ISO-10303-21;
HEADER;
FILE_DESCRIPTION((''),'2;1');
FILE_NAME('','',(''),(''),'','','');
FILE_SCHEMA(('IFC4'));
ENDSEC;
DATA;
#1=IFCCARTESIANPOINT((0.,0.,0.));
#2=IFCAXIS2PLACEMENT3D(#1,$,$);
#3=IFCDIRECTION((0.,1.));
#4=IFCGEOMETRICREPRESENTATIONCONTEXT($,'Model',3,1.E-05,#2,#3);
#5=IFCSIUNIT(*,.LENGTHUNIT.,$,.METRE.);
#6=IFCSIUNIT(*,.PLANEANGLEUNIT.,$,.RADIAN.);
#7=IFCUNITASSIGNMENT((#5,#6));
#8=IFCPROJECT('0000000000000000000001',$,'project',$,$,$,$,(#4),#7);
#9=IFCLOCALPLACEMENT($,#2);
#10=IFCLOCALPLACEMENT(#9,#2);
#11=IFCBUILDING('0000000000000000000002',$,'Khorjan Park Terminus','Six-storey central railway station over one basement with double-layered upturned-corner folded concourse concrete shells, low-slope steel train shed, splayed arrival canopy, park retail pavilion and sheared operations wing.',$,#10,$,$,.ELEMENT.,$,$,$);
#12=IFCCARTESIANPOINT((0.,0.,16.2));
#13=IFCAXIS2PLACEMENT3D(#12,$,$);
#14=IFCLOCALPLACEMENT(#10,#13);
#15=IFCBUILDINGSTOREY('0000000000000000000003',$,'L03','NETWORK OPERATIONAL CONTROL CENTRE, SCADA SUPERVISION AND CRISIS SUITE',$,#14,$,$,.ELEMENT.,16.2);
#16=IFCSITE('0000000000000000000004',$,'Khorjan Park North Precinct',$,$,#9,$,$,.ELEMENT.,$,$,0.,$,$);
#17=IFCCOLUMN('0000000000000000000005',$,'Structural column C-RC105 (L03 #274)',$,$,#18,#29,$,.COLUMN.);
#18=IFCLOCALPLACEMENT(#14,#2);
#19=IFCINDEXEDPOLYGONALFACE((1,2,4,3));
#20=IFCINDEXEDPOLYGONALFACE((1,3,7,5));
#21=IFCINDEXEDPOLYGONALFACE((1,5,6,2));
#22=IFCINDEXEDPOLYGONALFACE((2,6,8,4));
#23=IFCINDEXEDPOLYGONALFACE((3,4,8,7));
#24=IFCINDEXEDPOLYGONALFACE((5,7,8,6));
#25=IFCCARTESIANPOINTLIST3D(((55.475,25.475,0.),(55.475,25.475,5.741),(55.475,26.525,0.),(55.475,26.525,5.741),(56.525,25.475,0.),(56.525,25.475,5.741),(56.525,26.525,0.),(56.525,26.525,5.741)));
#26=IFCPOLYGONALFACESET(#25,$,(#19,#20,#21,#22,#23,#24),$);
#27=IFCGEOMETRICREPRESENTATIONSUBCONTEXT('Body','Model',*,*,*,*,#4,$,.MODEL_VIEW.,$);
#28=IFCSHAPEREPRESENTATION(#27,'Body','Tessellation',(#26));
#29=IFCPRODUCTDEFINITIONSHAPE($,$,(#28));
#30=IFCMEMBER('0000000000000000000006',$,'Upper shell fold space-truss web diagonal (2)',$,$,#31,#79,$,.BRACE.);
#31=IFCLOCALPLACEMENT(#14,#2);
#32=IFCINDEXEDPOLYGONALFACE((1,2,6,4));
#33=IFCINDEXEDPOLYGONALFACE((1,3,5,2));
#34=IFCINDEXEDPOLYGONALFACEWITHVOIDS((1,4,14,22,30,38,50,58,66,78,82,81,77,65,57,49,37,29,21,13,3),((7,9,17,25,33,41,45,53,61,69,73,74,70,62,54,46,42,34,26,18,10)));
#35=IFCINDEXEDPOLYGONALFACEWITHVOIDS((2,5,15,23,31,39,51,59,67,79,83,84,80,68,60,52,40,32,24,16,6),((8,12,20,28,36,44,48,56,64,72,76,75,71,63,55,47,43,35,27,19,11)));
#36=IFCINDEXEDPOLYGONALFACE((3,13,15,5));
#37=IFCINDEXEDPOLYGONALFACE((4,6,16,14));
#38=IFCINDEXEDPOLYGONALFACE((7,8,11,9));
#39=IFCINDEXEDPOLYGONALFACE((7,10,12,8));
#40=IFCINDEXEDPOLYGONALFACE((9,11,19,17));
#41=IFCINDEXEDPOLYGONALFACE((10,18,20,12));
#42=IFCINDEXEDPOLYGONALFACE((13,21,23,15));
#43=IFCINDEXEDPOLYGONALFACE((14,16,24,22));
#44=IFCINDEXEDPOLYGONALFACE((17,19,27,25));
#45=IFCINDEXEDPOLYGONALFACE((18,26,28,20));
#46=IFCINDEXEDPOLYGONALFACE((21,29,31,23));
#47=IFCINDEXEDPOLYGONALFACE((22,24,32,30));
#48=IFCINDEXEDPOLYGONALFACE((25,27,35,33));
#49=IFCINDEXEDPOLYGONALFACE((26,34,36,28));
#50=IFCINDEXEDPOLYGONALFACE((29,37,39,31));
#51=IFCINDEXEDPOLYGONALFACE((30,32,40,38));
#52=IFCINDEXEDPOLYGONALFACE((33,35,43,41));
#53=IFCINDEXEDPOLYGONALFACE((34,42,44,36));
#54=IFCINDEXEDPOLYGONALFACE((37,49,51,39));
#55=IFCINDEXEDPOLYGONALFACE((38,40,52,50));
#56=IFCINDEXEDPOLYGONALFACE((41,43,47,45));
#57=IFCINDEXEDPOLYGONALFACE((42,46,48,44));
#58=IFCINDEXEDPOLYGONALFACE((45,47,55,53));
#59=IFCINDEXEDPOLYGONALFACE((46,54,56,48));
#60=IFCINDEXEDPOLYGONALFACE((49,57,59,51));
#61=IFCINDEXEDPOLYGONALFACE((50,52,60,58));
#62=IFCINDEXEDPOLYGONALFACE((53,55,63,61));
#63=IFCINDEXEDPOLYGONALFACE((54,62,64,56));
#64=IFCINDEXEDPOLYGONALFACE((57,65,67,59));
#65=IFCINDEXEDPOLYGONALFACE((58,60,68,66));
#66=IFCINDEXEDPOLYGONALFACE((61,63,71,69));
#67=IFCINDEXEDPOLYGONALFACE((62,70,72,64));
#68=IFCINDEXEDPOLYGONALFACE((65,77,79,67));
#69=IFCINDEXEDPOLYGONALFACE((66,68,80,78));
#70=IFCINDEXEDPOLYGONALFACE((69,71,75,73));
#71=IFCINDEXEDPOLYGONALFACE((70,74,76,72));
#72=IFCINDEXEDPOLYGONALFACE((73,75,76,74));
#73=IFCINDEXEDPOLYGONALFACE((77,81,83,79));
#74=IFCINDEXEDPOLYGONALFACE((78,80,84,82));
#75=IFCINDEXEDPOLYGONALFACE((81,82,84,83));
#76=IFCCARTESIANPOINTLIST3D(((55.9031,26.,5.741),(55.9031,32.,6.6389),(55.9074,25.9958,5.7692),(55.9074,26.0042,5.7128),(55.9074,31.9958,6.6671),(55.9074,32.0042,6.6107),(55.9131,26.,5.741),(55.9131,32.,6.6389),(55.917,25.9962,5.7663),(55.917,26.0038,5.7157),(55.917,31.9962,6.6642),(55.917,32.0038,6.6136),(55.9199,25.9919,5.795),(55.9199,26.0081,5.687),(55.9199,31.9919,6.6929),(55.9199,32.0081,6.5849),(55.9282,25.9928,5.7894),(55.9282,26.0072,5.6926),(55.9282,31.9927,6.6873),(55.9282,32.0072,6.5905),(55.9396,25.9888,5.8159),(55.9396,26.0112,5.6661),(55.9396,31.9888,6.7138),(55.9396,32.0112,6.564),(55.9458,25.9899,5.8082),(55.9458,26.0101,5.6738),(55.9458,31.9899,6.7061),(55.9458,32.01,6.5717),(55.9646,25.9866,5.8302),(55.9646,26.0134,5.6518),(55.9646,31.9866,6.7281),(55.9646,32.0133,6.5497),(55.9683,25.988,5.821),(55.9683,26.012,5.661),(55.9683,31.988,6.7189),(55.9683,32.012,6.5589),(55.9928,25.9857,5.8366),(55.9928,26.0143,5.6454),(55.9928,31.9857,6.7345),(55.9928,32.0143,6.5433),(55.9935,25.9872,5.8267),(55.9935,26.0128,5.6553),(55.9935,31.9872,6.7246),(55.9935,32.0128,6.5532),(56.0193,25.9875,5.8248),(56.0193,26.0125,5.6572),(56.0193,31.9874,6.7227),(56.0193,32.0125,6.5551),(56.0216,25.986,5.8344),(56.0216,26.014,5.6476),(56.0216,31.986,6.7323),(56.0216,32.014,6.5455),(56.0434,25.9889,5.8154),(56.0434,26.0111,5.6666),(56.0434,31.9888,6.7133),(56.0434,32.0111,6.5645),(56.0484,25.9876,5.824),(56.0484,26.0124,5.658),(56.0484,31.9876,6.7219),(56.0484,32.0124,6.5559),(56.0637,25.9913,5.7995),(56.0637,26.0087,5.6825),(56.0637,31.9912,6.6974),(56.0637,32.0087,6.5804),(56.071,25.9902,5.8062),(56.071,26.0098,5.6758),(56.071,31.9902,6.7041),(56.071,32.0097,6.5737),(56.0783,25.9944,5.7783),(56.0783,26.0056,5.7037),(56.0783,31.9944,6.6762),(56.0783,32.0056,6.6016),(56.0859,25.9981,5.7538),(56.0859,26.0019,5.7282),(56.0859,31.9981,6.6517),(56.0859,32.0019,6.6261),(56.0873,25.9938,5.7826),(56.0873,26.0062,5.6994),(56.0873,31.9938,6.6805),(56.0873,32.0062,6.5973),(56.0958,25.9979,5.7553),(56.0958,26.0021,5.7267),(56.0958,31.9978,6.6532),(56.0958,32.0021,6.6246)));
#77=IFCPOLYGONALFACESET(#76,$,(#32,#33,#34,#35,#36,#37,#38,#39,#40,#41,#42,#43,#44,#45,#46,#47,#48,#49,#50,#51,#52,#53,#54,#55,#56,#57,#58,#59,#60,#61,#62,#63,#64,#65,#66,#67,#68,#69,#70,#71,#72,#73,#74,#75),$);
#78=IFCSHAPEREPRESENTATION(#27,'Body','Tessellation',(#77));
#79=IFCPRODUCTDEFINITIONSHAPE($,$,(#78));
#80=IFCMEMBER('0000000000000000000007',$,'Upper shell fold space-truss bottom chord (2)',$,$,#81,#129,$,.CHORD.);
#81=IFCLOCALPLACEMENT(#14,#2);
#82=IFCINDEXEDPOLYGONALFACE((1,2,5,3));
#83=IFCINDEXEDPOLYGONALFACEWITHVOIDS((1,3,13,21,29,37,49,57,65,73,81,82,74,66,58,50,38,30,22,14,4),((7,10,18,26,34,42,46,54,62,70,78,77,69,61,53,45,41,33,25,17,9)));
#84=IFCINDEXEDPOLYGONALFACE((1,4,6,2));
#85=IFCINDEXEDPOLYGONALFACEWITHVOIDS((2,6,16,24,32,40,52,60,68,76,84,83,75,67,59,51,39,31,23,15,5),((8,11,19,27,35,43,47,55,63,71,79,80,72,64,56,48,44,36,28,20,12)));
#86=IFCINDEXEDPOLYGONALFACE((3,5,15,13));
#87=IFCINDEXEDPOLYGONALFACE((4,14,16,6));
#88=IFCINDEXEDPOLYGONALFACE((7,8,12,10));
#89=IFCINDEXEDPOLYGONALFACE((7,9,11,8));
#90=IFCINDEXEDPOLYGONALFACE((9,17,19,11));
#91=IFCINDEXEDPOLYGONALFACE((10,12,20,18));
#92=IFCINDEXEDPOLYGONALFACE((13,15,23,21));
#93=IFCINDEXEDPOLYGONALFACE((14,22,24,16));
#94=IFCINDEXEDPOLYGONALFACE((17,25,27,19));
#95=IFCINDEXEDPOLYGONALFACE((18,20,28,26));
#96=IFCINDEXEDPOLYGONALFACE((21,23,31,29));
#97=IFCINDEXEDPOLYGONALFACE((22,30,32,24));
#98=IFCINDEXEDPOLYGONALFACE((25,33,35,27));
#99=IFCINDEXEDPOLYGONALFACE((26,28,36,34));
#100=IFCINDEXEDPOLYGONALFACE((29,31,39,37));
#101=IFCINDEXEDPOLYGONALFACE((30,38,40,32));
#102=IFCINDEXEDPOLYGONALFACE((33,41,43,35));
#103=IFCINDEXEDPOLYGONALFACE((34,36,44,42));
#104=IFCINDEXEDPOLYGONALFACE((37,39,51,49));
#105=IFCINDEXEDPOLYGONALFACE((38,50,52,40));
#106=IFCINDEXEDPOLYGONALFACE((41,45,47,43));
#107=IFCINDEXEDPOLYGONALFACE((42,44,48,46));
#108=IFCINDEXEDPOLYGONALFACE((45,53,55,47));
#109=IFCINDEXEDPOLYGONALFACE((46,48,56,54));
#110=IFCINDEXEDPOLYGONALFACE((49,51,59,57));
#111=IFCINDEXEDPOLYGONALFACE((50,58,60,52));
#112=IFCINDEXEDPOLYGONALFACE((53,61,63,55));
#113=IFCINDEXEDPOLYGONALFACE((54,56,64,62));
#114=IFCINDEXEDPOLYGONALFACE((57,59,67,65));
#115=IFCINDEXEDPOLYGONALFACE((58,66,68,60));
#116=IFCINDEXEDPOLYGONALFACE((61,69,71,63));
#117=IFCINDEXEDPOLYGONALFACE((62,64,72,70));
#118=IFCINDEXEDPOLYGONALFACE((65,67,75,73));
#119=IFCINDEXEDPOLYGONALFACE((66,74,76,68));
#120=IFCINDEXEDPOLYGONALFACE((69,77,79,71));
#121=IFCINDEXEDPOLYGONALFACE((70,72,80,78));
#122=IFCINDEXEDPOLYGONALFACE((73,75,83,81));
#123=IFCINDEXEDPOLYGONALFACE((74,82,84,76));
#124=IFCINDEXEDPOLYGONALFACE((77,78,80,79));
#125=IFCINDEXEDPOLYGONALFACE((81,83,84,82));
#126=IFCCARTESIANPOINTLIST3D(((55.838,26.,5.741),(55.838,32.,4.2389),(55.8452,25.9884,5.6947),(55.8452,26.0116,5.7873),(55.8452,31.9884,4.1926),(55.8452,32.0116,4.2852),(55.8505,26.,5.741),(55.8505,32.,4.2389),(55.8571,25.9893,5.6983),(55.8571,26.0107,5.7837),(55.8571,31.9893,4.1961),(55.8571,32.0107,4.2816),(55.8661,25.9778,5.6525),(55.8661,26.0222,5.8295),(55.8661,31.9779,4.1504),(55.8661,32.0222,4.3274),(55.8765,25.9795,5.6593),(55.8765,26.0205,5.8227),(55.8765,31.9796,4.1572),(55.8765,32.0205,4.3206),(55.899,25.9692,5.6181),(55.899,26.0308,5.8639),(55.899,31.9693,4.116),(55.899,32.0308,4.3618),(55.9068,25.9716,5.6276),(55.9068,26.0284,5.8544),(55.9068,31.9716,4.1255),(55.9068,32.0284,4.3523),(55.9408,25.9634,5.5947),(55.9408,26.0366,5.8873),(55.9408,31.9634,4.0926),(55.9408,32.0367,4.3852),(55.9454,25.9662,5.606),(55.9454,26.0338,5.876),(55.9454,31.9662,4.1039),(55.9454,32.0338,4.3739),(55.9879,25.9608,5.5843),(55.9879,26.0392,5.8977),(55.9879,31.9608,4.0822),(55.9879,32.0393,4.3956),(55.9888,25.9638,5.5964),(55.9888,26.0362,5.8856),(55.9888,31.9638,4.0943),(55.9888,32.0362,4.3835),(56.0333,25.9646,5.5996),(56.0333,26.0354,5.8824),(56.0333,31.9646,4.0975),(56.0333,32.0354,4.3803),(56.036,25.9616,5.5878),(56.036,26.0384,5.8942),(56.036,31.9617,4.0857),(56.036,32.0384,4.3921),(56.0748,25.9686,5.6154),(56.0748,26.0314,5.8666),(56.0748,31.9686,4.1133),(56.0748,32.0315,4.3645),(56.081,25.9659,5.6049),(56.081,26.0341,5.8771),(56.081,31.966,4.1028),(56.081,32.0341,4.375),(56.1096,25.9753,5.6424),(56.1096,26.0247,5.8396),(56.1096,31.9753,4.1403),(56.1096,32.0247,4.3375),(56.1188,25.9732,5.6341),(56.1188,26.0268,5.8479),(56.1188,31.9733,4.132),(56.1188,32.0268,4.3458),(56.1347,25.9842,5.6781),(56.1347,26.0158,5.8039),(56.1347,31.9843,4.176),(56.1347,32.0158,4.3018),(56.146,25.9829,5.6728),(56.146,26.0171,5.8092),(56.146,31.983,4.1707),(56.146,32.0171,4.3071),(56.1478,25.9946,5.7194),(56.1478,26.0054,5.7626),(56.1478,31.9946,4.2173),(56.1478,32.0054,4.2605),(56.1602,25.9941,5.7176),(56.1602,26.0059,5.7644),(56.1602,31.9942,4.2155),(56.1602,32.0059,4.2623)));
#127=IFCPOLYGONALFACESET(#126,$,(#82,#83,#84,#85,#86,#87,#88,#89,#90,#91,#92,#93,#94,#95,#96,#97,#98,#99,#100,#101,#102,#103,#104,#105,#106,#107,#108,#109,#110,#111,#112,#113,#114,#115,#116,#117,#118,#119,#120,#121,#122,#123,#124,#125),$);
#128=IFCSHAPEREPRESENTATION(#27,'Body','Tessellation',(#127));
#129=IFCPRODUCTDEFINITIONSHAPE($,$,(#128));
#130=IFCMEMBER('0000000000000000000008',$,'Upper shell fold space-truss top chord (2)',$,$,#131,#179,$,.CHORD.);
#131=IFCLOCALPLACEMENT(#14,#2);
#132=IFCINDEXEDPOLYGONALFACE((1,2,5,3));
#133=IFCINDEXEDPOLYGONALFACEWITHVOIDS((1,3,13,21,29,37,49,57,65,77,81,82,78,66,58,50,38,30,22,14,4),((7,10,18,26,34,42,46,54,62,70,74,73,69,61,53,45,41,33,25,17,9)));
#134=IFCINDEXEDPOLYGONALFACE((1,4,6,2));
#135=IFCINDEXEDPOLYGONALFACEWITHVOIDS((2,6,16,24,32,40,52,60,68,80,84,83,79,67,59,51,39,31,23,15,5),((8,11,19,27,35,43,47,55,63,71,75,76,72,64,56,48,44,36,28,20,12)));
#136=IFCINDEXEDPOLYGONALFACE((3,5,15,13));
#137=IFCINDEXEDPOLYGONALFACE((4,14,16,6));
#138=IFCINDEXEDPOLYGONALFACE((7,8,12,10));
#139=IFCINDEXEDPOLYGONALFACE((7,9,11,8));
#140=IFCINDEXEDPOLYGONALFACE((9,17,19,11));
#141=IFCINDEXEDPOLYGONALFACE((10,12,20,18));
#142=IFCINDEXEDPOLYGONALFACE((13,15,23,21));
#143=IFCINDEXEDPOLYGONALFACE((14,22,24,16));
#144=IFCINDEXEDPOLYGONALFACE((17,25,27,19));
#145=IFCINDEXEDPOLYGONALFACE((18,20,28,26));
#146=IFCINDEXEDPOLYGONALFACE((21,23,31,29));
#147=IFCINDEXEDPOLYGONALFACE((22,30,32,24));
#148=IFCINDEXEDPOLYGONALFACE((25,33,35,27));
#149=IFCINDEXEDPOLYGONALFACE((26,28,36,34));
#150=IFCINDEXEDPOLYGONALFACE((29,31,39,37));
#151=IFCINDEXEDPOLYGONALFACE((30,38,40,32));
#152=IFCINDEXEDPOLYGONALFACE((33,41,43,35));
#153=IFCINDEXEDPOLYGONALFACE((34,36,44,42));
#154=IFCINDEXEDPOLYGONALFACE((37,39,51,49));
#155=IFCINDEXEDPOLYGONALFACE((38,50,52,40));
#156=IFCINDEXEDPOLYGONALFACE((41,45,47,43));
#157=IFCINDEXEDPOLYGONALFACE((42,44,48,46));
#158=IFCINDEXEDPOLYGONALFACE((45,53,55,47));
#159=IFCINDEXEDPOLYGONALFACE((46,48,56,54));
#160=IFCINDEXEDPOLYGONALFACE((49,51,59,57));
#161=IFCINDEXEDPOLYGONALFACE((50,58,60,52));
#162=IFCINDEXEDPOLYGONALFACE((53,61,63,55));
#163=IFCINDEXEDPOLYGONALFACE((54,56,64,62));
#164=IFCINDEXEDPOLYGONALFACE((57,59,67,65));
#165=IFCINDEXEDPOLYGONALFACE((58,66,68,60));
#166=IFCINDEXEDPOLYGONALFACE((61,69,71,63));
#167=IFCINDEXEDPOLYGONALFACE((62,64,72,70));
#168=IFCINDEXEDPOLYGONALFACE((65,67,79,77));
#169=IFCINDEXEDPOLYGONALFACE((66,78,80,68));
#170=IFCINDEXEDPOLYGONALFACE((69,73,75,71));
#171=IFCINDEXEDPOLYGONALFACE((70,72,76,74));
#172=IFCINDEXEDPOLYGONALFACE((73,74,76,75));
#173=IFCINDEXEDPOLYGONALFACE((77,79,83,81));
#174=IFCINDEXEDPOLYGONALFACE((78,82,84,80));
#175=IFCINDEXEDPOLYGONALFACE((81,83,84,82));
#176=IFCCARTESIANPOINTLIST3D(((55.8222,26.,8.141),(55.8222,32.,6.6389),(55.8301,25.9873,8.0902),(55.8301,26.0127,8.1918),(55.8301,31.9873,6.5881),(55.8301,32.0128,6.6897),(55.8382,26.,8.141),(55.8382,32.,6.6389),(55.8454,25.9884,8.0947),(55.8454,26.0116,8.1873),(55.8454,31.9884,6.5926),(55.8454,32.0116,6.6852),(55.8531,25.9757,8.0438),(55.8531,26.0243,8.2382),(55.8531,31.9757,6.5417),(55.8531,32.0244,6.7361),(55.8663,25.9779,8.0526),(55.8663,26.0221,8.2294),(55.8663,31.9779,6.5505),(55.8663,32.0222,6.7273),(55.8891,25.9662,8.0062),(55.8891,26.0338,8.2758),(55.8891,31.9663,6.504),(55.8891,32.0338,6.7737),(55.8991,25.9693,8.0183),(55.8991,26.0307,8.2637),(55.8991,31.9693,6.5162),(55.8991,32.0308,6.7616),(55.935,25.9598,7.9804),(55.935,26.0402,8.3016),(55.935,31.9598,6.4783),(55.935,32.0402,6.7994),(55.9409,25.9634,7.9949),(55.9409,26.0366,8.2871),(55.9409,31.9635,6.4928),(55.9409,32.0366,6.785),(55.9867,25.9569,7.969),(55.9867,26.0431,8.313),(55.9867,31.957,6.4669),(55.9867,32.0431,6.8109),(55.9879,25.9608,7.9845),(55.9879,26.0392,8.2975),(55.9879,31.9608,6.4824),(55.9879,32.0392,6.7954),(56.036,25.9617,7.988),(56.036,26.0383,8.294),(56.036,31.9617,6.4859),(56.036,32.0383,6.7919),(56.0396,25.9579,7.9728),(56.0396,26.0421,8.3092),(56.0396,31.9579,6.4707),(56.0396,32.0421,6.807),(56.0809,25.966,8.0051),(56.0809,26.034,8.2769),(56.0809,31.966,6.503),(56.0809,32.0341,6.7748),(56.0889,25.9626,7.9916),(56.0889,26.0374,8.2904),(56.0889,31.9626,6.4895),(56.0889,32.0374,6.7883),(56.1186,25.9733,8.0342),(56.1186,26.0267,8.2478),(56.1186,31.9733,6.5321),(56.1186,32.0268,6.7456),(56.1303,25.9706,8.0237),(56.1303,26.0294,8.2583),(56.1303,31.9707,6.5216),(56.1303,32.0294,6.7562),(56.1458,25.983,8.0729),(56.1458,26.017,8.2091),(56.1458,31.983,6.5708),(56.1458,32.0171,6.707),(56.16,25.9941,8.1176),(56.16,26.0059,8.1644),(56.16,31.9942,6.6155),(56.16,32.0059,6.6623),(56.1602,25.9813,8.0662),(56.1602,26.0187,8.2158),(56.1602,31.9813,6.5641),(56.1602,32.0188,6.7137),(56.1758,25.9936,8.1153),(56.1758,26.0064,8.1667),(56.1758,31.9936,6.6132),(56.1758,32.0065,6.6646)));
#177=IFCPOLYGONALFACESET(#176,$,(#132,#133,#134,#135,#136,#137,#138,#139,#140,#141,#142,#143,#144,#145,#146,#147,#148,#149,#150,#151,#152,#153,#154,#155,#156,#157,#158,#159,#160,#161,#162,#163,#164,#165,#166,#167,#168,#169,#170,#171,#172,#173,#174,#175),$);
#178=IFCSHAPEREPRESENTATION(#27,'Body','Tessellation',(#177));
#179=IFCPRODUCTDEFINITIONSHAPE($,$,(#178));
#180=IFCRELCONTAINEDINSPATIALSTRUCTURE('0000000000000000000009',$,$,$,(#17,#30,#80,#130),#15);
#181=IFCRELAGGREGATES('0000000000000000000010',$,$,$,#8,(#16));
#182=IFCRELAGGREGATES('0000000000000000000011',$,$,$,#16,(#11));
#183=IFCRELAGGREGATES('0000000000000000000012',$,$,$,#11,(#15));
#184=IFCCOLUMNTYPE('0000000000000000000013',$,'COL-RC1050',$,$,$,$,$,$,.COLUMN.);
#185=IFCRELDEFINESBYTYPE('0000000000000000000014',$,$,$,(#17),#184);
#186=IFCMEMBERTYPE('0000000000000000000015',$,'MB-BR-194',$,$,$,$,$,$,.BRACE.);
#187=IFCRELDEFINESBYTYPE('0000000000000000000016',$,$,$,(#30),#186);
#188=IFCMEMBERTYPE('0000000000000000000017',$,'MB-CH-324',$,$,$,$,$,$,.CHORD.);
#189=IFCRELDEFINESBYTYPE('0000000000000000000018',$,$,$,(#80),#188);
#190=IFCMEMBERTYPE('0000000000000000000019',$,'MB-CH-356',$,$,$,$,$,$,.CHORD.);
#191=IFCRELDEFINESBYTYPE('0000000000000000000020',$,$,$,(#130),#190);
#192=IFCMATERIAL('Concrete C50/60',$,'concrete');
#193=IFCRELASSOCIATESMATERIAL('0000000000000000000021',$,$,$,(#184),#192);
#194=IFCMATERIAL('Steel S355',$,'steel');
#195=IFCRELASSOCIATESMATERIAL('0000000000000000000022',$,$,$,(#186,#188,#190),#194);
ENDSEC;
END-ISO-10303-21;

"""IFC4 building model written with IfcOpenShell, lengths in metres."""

from ifc_helpers import new_model, si_unit, direction, frame, origin, origin_2d, place, context, subcontext, project, spatial, rectangle, hollow_circle, extrude, material, material_profile, profile_set, type_object, element, save


model = new_model("IFC4")

# Units and contexts
model_context = context("Model", 3, precision=1e-05, world=origin(), true_north=direction((0.0, 1.0)))
body_context = subcontext(model_context, "Body", "Model", "MODEL_VIEW")
ifc_project = project(units=[si_unit("LENGTHUNIT", "METRE"), si_unit("PLANEANGLEUNIT", "RADIAN")], contexts=[model_context])

# Site, building, storey
site_placement = place(None, origin())
site = spatial("IfcSite", under=ifc_project, at=site_placement, Name="Khorjan Park North Precinct", CompositionType="ELEMENT", RefElevation=0.0)
building_placement = place(site_placement, origin())
building = spatial("IfcBuilding", under=site, at=building_placement, Name="Khorjan Park Terminus", Description="Six-storey central railway station over one basement with double-layered upturned-corner folded concourse concrete shells, low-slope steel train shed, splayed arrival canopy, park retail pavilion and sheared operations wing.", CompositionType="ELEMENT")
storey_placement = place(building_placement, frame((0.0, 0.0, 16.2)))
storey = spatial("IfcBuildingStorey", under=building, at=storey_placement, Name="L03", Description="NETWORK OPERATIONAL CONTROL CENTRE, SCADA SUPERVISION AND CRISIS SUITE", CompositionType="ELEMENT", Elevation=16.2)

# Column
ifc_material_1 = material(Name="Concrete C50/60", Category="concrete")
ifc_material_profile_1 = material_profile(ifc_material_1, rectangle(XDim=1.05, YDim=1.05, at=origin_2d()), Name="RC 1050x1050")
ifc_profile_set_1 = profile_set([ifc_material_profile_1], Name="Concrete C50/60")
column_type = type_object("IfcColumnType", Name="COL-RC1050", PredefinedType="COLUMN", material=ifc_profile_set_1)
column_placement = place(storey_placement, frame((56.0, 26.0, 0.0), z_axis=(0.0, 0.0, 1.0), x_axis=(1.0, 0.0, 0.0)))
element("IfcColumn", 1, at=column_placement, inside=storey, type_object=column_type, Name="Structural column C-RC105 (L03 #274)", PredefinedType="COLUMN", context=body_context, shape_type="SweptSolid", body=[
    extrude(rectangle(XDim=1.05, YDim=1.05, at=origin_2d()), origin(), (0.0, 0.0, 1.0), 5.741),
])

# Members
ifc_material_2 = material(Name="Steel S355", Category="steel")
ifc_material_profile_2 = material_profile(ifc_material_2, hollow_circle(Radius=0.0969, WallThickness=0.01, at=origin_2d()), Name="CHS 193.7x10")
ifc_profile_set_2 = profile_set([ifc_material_profile_2], Name="Steel S355")
member_type_1 = type_object("IfcMemberType", Name="MB-BR-194", PredefinedType="BRACE", material=ifc_profile_set_2)
member_1_placement = place(storey_placement, frame((56.0, 26.0, 5.741), z_axis=(0.0, 0.988987, 0.148002), x_axis=(-1.0, 0.0, 0.0)))
element("IfcMember", 2, at=member_1_placement, inside=storey, type_object=member_type_1, Name="Upper shell fold space-truss web diagonal (2)", PredefinedType="BRACE", context=body_context, shape_type="SweptSolid", body=[
    extrude(hollow_circle(Radius=0.0969, WallThickness=0.01, at=origin_2d()), origin(), (0.0, 0.0, 1.0), 6.0668),
])
ifc_material_profile_3 = material_profile(ifc_material_2, hollow_circle(Radius=0.162, WallThickness=0.0125, at=origin_2d()), Name="CHS 323.9x12.5")
ifc_profile_set_3 = profile_set([ifc_material_profile_3], Name="Steel S355")
member_type_2 = type_object("IfcMemberType", Name="MB-CH-324", PredefinedType="CHORD", material=ifc_profile_set_3)
member_2_placement = place(storey_placement, frame((56.0, 26.0, 5.741), z_axis=(0.0, 0.970063, -0.242855), x_axis=(-1.0, 0.0, 0.0)))
element("IfcMember", 3, at=member_2_placement, inside=storey, type_object=member_type_2, Name="Upper shell fold space-truss bottom chord (2)", PredefinedType="CHORD", context=body_context, shape_type="SweptSolid", body=[
    extrude(hollow_circle(Radius=0.162, WallThickness=0.0125, at=origin_2d()), origin(), (0.0, 0.0, 1.0), 6.1852),
])
ifc_material_profile_4 = material_profile(ifc_material_2, hollow_circle(Radius=0.1778, WallThickness=0.016, at=origin_2d()), Name="CHS 355.6x16")
ifc_profile_set_4 = profile_set([ifc_material_profile_4], Name="Steel S355")
member_type_3 = type_object("IfcMemberType", Name="MB-CH-356", PredefinedType="CHORD", material=ifc_profile_set_4)
member_3_placement = place(storey_placement, frame((56.0, 26.0, 8.141), z_axis=(0.0, 0.970063, -0.242855), x_axis=(-1.0, 0.0, 0.0)))
element("IfcMember", 4, at=member_3_placement, inside=storey, type_object=member_type_3, Name="Upper shell fold space-truss top chord (2)", PredefinedType="CHORD", context=body_context, shape_type="SweptSolid", body=[
    extrude(hollow_circle(Radius=0.1778, WallThickness=0.016, at=origin_2d()), origin(), (0.0, 0.0, 1.0), 6.1852),
])

save(model, "model.ifc")
